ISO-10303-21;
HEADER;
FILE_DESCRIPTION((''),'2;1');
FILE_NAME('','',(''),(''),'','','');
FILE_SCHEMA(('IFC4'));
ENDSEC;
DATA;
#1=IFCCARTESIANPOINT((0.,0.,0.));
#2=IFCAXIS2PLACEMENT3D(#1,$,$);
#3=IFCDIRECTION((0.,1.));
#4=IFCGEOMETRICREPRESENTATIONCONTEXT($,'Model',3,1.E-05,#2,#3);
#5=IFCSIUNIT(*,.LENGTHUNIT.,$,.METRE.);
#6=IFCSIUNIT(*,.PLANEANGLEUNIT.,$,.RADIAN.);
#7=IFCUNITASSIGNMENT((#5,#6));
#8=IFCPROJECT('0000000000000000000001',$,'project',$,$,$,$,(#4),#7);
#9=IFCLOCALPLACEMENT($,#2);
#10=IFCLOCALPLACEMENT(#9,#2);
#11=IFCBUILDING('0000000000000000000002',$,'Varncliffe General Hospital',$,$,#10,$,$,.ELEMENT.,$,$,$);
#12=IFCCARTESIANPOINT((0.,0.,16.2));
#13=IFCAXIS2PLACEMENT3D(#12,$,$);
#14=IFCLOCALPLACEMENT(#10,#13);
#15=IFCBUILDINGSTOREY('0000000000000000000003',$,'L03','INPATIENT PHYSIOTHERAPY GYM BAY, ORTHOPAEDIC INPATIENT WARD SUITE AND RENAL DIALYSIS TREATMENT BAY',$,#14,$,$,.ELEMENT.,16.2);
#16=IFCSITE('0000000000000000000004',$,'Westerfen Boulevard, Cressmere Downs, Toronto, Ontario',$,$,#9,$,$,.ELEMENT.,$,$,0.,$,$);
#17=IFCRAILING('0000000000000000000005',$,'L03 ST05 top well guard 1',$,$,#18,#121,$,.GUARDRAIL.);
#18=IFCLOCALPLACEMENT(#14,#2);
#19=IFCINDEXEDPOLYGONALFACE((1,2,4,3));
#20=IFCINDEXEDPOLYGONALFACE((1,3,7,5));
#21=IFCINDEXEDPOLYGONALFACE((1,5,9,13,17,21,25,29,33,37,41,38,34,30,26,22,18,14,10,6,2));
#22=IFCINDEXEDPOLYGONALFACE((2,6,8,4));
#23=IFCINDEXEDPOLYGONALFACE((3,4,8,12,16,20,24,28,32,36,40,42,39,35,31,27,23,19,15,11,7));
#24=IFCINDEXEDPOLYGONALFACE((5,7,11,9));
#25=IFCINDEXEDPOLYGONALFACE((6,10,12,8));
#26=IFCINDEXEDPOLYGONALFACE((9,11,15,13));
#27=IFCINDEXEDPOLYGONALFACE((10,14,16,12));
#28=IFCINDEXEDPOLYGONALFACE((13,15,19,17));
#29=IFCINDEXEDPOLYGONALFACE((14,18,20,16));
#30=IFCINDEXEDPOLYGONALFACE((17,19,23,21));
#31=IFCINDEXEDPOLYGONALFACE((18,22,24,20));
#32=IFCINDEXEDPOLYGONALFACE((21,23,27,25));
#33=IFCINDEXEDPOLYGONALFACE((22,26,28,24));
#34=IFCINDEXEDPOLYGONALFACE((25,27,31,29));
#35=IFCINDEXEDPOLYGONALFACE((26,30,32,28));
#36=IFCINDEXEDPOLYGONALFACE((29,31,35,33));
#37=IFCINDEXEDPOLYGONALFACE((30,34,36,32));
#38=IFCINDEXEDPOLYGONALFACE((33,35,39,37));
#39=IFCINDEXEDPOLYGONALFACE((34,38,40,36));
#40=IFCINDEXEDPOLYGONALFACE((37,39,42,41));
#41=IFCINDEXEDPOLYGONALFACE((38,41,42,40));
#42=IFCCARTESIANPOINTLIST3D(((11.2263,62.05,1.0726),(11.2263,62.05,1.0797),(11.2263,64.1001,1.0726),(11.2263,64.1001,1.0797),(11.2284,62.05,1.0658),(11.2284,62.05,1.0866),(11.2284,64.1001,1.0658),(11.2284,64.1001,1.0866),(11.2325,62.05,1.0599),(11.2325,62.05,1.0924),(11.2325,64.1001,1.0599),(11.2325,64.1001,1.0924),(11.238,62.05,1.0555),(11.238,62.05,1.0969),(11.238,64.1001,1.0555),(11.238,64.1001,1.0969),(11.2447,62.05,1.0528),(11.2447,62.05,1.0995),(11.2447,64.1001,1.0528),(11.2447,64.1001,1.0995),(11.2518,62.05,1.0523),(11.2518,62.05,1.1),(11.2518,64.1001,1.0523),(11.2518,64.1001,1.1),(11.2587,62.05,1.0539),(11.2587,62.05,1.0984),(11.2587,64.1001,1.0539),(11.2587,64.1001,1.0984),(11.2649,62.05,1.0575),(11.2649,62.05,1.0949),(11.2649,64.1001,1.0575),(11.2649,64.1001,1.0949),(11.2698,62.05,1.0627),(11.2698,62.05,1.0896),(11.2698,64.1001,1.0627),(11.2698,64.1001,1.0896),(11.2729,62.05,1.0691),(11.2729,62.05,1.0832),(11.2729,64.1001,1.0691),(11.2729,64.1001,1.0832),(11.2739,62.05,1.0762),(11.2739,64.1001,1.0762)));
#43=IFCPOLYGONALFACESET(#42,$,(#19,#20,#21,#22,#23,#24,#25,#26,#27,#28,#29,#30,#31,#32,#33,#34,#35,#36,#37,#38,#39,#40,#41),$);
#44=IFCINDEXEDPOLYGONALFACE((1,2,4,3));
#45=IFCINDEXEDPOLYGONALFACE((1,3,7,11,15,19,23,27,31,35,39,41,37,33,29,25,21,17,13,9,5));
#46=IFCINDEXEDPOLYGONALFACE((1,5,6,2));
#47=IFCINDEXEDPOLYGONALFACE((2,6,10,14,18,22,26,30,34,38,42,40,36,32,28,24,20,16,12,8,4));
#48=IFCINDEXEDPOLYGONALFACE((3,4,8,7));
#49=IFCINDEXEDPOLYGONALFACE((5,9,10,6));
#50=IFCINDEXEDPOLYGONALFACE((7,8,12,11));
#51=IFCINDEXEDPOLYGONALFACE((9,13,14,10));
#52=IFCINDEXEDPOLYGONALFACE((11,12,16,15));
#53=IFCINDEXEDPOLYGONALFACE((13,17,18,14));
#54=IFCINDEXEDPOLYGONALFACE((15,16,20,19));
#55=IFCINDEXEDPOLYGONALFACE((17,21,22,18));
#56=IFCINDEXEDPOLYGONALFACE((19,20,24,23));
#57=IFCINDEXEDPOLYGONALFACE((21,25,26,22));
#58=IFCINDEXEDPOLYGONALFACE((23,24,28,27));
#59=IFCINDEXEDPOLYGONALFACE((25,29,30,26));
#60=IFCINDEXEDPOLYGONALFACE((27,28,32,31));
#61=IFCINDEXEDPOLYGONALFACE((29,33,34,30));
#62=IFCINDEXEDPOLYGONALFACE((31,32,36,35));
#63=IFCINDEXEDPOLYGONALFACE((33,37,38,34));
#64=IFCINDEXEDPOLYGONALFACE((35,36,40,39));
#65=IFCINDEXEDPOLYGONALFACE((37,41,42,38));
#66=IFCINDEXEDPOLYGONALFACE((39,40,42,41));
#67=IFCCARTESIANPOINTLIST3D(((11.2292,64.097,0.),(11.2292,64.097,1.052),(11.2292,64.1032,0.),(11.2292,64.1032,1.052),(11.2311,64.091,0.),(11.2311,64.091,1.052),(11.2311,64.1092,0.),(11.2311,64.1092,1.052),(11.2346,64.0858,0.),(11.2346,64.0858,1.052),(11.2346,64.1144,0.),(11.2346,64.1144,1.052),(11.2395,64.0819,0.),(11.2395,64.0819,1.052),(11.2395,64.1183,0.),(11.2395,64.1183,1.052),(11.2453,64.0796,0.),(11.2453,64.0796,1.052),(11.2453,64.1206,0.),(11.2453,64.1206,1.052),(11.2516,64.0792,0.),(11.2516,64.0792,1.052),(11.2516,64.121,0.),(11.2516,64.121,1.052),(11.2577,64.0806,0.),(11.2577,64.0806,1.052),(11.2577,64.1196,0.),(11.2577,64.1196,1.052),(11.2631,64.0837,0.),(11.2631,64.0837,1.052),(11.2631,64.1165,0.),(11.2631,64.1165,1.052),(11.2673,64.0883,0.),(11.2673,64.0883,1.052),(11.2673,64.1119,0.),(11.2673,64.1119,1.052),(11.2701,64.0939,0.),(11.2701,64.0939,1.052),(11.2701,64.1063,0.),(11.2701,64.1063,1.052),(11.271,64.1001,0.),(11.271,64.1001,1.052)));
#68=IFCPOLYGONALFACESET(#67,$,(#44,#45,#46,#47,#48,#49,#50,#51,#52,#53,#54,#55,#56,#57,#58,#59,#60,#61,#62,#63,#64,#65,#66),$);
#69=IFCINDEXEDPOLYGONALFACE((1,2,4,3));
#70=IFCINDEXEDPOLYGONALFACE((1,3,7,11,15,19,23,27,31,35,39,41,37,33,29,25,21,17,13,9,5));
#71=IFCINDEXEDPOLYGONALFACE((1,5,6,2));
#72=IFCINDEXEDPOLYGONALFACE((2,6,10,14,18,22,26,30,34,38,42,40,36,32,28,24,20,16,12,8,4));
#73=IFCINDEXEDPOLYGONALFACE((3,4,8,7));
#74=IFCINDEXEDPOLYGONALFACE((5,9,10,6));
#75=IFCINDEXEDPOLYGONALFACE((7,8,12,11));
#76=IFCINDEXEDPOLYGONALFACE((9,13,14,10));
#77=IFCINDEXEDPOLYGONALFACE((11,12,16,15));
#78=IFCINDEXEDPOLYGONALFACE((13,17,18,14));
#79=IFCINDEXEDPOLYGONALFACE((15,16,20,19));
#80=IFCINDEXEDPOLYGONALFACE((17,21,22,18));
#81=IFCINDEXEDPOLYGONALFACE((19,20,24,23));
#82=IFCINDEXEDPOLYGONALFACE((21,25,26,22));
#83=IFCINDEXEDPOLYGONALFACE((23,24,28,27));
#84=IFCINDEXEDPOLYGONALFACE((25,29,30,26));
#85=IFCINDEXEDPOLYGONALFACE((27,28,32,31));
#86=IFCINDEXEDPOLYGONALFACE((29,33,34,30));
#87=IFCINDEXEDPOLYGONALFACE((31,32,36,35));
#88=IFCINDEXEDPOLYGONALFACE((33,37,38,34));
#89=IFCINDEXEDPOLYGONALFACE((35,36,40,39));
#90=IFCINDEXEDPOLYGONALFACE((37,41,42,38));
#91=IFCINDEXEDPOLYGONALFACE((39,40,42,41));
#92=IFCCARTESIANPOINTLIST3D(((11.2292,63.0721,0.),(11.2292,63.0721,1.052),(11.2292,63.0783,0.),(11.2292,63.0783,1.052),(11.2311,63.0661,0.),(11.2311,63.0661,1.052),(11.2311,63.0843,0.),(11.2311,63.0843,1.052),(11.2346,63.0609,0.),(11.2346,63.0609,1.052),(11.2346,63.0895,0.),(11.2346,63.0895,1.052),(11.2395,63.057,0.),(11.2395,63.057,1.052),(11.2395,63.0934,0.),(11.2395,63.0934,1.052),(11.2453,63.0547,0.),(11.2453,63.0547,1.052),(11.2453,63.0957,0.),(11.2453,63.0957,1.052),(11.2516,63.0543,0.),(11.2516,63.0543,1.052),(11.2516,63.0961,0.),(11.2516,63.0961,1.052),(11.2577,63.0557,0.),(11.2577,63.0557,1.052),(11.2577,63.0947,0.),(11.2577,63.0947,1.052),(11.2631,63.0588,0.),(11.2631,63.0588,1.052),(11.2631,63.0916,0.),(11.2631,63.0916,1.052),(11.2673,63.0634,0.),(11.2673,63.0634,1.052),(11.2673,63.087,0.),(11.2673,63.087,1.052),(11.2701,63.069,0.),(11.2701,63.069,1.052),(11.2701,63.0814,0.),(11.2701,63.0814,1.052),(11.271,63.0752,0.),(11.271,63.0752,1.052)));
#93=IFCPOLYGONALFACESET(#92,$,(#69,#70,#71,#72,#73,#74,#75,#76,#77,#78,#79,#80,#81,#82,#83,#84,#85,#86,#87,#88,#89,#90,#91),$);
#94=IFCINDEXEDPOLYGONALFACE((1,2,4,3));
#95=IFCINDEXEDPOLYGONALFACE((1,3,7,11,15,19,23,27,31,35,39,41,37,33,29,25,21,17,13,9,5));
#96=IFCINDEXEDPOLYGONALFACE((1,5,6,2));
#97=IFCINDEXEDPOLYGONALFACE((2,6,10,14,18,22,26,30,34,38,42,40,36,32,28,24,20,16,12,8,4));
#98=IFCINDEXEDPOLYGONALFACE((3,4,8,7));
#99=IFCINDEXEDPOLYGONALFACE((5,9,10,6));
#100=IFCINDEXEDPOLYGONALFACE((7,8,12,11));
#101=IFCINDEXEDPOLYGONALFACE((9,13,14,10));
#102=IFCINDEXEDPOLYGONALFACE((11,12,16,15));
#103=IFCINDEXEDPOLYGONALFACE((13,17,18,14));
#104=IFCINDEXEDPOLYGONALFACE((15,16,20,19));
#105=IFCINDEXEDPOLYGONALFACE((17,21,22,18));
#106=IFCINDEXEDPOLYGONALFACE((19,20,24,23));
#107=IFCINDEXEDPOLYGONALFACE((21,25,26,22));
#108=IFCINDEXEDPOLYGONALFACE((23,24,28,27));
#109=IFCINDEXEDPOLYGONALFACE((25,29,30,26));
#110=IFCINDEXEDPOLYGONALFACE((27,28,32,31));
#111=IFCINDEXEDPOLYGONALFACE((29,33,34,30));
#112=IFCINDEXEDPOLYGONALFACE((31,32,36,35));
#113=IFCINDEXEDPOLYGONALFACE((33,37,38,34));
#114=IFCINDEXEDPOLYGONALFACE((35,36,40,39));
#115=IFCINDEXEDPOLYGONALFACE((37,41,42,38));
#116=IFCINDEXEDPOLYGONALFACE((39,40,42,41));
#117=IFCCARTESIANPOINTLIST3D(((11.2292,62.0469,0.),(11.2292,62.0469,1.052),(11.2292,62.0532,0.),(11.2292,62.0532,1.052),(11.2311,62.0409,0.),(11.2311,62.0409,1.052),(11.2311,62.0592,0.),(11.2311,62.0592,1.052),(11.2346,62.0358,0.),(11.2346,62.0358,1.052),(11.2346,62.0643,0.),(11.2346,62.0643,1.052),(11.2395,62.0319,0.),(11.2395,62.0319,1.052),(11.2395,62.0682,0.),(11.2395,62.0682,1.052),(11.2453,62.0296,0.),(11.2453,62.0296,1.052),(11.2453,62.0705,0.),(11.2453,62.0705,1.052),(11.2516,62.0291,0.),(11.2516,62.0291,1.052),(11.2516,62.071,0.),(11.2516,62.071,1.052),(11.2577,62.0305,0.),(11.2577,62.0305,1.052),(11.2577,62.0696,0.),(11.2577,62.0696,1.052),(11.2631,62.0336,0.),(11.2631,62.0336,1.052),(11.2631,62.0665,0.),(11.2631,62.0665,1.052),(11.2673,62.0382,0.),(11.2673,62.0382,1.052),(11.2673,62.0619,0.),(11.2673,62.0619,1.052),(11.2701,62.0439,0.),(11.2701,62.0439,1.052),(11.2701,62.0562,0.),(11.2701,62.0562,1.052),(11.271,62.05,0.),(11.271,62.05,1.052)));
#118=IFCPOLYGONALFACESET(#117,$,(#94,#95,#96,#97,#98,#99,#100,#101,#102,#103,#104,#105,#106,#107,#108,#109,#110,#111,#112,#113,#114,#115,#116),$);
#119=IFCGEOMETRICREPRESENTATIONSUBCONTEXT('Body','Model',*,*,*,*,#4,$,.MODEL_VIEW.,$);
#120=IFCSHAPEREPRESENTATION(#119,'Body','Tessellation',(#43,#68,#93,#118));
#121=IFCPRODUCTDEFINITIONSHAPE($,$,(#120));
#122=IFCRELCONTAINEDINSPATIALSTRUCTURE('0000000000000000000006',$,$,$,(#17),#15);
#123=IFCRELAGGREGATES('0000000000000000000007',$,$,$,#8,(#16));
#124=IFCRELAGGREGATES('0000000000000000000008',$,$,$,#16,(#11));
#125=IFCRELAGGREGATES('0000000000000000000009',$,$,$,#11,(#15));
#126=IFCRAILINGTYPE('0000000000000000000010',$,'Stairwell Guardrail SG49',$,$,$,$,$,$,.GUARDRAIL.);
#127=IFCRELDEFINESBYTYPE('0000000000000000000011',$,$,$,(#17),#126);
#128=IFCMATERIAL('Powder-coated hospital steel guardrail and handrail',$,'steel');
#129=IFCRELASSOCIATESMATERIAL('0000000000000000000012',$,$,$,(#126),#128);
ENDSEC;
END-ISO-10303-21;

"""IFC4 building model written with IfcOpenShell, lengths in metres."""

from ifc_helpers import new_model, si_unit, direction, frame, origin, origin_2d, place, context, subcontext, project, spatial, circle, extrude, material, type_object, element, save


model = new_model("IFC4")

# Units and contexts
model_context = context("Model", 3, precision=1e-05, world=origin(), true_north=direction((0.0, 1.0)))
body_context = subcontext(model_context, "Body", "Model", "MODEL_VIEW")
ifc_project = project(units=[si_unit("LENGTHUNIT", "METRE"), si_unit("PLANEANGLEUNIT", "RADIAN")], contexts=[model_context])

# Site, building, storey
site_placement = place(None, origin())
site = spatial("IfcSite", under=ifc_project, at=site_placement, Name="Westerfen Boulevard, Cressmere Downs, Toronto, Ontario", CompositionType="ELEMENT", RefElevation=0.0)
building_placement = place(site_placement, origin())
building = spatial("IfcBuilding", under=site, at=building_placement, Name="Varncliffe General Hospital", CompositionType="ELEMENT")
storey_placement = place(building_placement, frame((0.0, 0.0, 16.2)))
storey = spatial("IfcBuildingStorey", under=building, at=storey_placement, Name="L03", Description="INPATIENT PHYSIOTHERAPY GYM BAY, ORTHOPAEDIC INPATIENT WARD SUITE AND RENAL DIALYSIS TREATMENT BAY", CompositionType="ELEMENT", Elevation=16.2)

# Railing
ifc_material_1 = material(Name="Powder-coated hospital steel guardrail and handrail", Category="steel")
railing_type = type_object("IfcRailingType", Name="Stairwell Guardrail SG49", PredefinedType="GUARDRAIL", material=ifc_material_1)
railing_placement = place(storey_placement, frame((11.25, 64.1001, 0.0)))
element("IfcRailing", 1, at=railing_placement, inside=storey, type_object=railing_type, Name="L03 ST05 top well guard 1", PredefinedType="GUARDRAIL", context=body_context, shape_type="SweptSolid", body=[
    extrude(circle(Radius=0.0239, at=origin_2d()), frame((0.0, 0.0, 1.0762), z_axis=(0.0, -1.0, 0.0), x_axis=(1.0, 0.0, 0.0)), (0.0, 0.0, 1.0), 2.05),
    extrude(circle(Radius=0.021, at=origin_2d()), origin(), (0.0, 0.0, 1.0), 1.052),
    extrude(circle(Radius=0.021, at=origin_2d()), frame((0.0, -1.0249, 0.0)), (0.0, 0.0, 1.0), 1.052),
    extrude(circle(Radius=0.021, at=origin_2d()), frame((0.0, -2.05, 0.0)), (0.0, 0.0, 1.0), 1.052),
])

save(model, "model.ifc")
